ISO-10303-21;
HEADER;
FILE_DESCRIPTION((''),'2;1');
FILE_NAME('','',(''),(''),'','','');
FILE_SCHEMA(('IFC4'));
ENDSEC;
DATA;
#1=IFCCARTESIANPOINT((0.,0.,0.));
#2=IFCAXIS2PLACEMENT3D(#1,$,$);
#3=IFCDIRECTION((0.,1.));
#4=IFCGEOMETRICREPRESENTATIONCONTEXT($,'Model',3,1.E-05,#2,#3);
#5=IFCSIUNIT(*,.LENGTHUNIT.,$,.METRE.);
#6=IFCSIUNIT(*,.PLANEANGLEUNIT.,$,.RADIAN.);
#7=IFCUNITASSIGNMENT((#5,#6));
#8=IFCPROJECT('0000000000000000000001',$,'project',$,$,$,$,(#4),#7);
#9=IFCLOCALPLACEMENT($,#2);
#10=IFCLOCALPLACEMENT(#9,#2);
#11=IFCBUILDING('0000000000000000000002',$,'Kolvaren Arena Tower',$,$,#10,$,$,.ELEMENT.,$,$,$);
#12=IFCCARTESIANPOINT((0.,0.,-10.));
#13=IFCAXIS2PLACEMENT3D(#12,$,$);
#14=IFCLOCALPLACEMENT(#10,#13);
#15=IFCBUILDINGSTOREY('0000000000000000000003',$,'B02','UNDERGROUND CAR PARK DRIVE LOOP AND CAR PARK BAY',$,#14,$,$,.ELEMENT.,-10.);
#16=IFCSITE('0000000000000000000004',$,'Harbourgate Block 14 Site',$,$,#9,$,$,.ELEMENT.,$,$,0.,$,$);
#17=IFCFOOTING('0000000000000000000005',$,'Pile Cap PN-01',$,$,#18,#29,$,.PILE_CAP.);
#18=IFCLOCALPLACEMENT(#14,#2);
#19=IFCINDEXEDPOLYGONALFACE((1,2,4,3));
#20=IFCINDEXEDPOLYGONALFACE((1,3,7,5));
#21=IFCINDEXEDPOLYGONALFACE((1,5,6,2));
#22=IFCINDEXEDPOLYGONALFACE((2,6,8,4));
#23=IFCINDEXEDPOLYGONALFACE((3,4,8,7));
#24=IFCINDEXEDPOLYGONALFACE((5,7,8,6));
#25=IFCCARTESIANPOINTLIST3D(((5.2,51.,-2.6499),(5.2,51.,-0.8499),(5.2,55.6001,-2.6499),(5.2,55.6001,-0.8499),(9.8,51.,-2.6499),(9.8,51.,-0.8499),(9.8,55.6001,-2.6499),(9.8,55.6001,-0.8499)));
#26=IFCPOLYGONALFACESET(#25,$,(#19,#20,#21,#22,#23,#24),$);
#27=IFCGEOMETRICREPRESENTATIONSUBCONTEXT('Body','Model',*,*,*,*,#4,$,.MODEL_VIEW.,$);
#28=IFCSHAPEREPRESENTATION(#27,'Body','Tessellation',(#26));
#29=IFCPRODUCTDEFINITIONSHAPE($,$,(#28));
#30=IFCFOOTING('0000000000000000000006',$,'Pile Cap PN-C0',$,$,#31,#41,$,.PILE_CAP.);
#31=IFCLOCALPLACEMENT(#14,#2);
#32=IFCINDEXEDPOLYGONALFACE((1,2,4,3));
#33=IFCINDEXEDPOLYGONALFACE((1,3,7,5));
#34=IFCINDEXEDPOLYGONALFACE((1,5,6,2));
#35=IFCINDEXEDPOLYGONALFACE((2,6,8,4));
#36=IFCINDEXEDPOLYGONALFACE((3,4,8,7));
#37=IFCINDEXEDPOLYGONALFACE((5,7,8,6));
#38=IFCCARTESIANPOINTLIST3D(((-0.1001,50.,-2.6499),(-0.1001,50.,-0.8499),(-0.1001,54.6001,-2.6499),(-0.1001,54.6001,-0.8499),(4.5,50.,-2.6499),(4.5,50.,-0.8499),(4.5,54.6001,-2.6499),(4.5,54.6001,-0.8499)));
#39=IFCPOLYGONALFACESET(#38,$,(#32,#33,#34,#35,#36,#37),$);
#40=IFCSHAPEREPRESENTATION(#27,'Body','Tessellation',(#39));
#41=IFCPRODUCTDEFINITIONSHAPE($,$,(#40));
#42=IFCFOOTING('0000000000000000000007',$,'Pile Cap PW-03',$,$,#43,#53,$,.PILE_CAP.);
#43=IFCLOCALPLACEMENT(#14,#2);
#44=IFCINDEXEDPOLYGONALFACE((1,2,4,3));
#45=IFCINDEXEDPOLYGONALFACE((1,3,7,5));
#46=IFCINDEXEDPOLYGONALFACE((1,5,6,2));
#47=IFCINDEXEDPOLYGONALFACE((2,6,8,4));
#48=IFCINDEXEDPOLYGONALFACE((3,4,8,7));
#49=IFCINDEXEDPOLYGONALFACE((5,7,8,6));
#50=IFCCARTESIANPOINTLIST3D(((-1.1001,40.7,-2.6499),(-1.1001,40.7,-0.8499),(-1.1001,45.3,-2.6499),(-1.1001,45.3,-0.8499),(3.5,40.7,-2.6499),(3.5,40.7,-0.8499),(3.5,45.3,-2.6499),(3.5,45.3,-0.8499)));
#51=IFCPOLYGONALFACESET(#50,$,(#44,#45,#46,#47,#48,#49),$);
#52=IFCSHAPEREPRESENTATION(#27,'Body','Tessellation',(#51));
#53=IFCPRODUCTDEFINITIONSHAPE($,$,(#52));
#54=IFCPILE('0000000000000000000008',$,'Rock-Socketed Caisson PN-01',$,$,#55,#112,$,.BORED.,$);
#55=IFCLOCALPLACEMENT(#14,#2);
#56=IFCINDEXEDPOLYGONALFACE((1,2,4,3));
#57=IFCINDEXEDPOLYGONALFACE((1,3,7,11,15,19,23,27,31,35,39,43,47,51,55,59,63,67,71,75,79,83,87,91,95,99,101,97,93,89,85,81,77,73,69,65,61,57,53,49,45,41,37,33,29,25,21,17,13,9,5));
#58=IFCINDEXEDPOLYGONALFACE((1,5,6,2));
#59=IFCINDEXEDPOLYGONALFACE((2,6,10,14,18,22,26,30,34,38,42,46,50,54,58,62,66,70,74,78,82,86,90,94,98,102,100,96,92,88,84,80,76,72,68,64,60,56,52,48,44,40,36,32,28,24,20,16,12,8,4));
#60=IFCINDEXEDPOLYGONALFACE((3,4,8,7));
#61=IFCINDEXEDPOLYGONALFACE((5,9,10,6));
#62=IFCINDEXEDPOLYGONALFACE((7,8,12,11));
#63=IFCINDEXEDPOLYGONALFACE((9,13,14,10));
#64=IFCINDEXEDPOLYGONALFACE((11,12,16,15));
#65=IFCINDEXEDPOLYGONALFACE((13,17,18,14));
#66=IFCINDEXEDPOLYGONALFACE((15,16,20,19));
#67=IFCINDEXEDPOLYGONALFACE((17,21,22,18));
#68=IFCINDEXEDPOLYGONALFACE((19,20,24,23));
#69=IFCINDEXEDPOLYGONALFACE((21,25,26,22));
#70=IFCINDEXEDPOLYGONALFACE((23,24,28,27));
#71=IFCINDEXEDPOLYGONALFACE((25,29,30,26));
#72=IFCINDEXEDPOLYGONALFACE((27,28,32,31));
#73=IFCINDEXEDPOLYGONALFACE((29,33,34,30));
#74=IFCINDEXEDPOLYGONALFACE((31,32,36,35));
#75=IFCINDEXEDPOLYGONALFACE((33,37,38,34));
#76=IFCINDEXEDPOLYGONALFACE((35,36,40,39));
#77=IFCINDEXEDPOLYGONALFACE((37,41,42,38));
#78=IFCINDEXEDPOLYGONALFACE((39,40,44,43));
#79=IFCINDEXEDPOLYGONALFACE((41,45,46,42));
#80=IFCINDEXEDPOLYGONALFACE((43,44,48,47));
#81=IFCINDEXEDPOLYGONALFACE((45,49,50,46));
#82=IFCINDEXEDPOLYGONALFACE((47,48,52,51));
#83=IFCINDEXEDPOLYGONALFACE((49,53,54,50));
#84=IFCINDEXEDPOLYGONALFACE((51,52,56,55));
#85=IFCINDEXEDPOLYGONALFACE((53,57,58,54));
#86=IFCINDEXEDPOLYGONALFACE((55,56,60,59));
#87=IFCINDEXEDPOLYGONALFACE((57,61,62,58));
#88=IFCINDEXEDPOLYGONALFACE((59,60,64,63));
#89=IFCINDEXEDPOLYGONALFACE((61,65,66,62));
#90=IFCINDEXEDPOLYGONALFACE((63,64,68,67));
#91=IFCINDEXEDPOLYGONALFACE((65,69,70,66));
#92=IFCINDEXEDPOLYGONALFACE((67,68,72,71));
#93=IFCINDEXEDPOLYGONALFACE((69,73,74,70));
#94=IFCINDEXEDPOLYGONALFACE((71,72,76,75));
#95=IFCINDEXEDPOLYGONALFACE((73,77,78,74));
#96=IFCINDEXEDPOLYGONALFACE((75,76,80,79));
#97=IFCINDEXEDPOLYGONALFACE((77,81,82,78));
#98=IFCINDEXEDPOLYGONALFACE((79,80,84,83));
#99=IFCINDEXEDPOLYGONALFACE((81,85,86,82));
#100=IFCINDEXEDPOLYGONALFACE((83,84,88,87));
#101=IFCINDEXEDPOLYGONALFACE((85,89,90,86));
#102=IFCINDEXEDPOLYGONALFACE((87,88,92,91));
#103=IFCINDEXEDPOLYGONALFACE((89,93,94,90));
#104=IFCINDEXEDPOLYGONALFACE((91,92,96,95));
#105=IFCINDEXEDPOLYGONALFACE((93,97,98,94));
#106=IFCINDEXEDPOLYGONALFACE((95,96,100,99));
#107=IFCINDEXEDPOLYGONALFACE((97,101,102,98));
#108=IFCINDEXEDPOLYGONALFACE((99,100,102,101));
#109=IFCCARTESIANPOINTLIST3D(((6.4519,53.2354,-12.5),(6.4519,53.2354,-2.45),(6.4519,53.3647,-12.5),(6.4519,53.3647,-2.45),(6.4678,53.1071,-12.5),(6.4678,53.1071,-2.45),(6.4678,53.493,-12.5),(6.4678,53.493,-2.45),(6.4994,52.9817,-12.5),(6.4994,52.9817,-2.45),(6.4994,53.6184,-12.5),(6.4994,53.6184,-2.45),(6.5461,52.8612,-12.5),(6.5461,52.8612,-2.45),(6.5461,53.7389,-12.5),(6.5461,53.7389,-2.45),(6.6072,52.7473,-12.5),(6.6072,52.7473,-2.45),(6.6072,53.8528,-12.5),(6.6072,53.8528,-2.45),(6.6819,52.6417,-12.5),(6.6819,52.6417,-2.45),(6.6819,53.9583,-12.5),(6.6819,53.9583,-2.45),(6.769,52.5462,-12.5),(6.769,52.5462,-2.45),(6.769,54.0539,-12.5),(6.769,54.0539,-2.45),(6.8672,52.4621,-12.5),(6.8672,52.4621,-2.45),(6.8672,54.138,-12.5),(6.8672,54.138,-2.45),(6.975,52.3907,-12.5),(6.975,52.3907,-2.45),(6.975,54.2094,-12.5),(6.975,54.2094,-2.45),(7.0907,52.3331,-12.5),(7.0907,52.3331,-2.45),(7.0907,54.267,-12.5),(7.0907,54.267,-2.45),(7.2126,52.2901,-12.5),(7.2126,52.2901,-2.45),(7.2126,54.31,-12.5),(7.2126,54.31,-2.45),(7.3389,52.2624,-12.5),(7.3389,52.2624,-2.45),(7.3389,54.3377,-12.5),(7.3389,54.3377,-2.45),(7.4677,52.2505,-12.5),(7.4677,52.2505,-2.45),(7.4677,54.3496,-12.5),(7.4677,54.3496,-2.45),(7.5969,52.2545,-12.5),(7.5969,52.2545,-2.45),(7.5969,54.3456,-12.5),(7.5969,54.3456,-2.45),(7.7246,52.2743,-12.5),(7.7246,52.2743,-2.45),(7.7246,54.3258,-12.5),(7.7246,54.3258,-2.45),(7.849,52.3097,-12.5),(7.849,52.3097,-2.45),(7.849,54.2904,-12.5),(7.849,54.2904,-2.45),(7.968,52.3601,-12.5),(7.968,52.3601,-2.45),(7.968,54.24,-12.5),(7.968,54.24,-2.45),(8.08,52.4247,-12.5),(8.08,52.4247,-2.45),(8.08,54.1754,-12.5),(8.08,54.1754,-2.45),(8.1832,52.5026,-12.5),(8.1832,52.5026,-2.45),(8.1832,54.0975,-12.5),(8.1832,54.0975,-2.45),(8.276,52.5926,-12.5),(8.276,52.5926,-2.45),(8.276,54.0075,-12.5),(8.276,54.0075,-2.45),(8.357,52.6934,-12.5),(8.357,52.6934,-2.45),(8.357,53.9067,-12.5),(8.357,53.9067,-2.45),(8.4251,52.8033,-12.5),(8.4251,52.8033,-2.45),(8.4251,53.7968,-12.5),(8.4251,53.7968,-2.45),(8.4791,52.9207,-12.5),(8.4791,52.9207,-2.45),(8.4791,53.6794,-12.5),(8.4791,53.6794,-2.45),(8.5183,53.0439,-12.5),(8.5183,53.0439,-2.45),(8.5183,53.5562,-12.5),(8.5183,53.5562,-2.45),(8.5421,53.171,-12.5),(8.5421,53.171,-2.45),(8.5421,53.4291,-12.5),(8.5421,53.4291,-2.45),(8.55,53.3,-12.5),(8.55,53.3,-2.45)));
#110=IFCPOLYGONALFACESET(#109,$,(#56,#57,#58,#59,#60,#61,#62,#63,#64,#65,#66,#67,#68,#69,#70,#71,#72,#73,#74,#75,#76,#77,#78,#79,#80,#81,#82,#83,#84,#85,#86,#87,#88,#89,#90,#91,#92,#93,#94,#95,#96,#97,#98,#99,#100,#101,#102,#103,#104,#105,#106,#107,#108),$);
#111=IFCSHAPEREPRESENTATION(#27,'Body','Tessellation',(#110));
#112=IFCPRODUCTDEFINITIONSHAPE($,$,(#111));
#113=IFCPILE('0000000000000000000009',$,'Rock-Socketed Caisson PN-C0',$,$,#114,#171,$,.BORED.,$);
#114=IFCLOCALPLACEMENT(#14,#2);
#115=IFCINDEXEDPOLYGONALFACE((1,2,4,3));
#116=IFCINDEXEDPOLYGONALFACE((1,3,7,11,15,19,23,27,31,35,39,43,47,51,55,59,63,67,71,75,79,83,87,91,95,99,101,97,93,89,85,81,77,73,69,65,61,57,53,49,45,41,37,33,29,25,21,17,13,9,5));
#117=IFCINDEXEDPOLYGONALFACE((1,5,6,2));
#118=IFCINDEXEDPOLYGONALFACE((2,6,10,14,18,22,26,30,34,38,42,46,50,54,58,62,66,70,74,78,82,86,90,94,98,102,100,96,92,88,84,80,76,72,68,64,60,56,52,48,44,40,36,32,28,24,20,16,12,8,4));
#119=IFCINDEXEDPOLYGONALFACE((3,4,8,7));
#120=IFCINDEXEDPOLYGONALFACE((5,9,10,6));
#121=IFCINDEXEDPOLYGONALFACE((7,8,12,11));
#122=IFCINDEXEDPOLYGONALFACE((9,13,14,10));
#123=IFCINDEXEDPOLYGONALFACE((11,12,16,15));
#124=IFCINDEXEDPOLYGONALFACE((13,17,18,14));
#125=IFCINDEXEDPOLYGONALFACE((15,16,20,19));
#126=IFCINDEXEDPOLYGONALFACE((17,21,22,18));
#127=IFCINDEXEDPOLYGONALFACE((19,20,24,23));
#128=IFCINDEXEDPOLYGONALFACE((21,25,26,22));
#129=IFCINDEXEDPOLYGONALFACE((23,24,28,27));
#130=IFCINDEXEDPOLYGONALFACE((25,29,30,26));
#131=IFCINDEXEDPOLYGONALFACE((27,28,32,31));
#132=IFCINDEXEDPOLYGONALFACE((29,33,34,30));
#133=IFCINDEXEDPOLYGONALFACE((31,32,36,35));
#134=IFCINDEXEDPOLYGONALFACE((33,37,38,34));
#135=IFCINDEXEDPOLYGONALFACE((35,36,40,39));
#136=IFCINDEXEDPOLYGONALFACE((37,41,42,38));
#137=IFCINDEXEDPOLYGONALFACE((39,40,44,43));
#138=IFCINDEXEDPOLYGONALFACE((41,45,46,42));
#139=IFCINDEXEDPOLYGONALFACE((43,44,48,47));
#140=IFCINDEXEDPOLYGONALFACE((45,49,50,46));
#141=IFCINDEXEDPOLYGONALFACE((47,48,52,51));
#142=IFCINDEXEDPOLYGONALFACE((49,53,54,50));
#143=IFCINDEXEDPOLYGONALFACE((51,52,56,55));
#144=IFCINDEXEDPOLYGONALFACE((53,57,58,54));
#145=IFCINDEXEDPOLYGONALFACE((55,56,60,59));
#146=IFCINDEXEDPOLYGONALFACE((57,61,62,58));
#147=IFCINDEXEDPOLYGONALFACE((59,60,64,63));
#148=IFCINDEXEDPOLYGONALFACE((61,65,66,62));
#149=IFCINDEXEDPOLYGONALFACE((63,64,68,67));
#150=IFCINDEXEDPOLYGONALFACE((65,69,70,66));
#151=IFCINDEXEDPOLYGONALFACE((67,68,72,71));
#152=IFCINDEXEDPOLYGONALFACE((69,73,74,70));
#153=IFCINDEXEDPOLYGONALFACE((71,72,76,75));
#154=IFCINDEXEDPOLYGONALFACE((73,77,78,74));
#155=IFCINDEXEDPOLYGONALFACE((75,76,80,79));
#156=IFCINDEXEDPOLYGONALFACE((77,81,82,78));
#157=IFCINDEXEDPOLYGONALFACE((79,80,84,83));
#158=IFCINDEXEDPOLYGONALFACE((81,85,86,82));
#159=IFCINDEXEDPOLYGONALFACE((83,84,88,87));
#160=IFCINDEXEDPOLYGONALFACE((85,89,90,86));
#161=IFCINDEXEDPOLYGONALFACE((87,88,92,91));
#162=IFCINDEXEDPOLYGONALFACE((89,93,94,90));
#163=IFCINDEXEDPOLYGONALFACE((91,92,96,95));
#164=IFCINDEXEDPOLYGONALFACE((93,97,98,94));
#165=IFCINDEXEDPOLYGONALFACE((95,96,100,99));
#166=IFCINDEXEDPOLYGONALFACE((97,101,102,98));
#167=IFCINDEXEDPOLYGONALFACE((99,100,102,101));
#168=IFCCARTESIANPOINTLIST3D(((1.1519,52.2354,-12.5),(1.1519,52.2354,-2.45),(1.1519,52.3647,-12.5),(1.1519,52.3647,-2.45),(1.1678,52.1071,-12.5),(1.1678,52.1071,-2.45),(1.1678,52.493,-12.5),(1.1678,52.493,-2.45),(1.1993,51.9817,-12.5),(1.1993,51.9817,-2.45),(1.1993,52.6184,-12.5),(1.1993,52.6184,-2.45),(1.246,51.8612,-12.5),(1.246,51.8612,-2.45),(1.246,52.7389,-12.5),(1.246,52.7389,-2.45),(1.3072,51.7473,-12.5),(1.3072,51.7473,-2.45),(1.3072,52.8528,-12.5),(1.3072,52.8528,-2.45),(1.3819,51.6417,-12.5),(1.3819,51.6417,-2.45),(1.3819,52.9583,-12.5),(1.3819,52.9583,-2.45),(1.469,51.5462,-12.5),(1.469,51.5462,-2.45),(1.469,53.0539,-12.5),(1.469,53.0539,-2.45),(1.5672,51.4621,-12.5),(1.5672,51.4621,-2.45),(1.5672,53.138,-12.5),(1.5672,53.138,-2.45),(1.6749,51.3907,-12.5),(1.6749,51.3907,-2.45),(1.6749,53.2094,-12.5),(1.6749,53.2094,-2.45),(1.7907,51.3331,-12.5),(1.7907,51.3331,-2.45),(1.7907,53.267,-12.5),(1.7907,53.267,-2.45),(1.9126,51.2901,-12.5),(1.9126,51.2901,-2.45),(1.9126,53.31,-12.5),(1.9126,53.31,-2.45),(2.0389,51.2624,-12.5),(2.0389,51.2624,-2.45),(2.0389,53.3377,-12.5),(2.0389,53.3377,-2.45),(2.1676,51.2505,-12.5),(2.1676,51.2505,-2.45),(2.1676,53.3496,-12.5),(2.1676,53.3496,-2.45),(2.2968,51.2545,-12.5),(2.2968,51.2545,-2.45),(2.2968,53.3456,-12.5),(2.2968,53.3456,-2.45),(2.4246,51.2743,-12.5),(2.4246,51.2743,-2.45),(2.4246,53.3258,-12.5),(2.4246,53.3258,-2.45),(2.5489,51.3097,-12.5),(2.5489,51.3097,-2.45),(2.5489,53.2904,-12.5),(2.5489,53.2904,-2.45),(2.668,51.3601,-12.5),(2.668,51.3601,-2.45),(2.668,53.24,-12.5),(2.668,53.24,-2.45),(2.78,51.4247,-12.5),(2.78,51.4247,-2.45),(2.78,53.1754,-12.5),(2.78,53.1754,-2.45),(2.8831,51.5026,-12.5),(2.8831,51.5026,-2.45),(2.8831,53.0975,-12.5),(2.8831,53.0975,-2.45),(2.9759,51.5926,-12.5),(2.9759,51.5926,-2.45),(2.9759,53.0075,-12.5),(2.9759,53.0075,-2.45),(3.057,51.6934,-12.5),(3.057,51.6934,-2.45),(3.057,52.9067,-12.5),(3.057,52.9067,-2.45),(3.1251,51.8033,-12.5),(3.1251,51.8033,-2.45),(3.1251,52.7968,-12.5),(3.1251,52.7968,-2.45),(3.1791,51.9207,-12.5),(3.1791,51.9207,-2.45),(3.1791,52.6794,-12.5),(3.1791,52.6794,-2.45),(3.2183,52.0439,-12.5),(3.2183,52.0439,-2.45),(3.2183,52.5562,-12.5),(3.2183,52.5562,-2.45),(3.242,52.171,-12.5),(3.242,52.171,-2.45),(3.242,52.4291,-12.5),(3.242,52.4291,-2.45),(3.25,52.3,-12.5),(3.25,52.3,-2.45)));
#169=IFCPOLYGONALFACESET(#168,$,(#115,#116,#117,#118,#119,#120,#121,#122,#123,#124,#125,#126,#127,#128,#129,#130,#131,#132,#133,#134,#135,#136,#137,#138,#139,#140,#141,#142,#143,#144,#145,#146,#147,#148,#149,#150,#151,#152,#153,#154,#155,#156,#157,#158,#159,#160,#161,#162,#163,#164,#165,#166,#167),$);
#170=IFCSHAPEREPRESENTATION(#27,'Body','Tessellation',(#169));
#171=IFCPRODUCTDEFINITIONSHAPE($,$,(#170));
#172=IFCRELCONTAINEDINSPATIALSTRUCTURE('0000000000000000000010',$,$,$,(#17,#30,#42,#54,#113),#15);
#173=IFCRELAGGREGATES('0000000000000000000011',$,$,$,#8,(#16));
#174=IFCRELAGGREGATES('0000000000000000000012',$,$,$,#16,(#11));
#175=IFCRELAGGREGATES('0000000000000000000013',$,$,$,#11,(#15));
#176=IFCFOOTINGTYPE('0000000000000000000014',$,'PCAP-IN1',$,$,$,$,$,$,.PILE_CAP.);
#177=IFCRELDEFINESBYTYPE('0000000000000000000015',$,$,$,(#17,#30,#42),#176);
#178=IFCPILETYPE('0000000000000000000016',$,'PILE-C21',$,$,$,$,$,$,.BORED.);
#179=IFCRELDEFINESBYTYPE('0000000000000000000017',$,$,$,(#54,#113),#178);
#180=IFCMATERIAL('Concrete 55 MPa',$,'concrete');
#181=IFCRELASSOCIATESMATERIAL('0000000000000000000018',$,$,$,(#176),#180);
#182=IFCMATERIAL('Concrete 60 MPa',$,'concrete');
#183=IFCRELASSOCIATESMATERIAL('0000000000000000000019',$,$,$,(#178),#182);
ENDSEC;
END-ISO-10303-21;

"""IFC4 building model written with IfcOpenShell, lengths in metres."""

from ifc_helpers import new_model, si_unit, direction, frame, origin, origin_2d, place, context, subcontext, project, spatial, rectangle, circle, extrude, material, material_profile, profile_set, type_object, element, save


model = new_model("IFC4")

# Units and contexts
model_context = context("Model", 3, precision=1e-05, world=origin(), true_north=direction((0.0, 1.0)))
body_context = subcontext(model_context, "Body", "Model", "MODEL_VIEW")
ifc_project = project(units=[si_unit("LENGTHUNIT", "METRE"), si_unit("PLANEANGLEUNIT", "RADIAN")], contexts=[model_context])

# Site, building, storey
site_placement = place(None, origin())
site = spatial("IfcSite", under=ifc_project, at=site_placement, Name="Harbourgate Block 14 Site", CompositionType="ELEMENT", RefElevation=0.0)
building_placement = place(site_placement, origin())
building = spatial("IfcBuilding", under=site, at=building_placement, Name="Kolvaren Arena Tower", CompositionType="ELEMENT")
storey_placement = place(building_placement, frame((0.0, 0.0, -10.0)))
storey = spatial("IfcBuildingStorey", under=building, at=storey_placement, Name="B02", Description="UNDERGROUND CAR PARK DRIVE LOOP AND CAR PARK BAY", CompositionType="ELEMENT", Elevation=-10.0)

# Footings
ifc_material_1 = material(Name="Concrete 55 MPa", Category="concrete")
footing_type = type_object("IfcFootingType", Name="PCAP-IN1", PredefinedType="PILE_CAP", material=ifc_material_1)
for number, where, z_axis, x_axis, name in (
    (1, (7.5, 53.3, -2.6499), (0.0, 0.0, 1.0), (1.0, 0.0, 0.0), "Pile Cap PN-01"),
    (2, (2.2, 52.3, -2.6499), (0.0, 0.0, 1.0), (1.0, 0.0, 0.0), "Pile Cap PN-C0"),
    (3, (1.2, 43.0, -2.6499), (0.0, 0.0, 1.0), (1.0, 0.0, 0.0), "Pile Cap PW-03"),
):
    element("IfcFooting", number, at=place(storey_placement, frame(where, z_axis=z_axis, x_axis=x_axis)), inside=storey, type_object=footing_type, Name=name, PredefinedType="PILE_CAP", context=body_context, shape_type="SweptSolid", body=[
        extrude(rectangle(XDim=4.6001, YDim=4.6001, at=origin_2d()), origin(), (0.0, 0.0, 1.0), 1.8),
    ])

# Piles
ifc_material_2 = material(Name="Concrete 60 MPa", Category="concrete")
ifc_material_profile_1 = material_profile(ifc_material_2, circle(Radius=1.05, at=origin_2d()), Name="CAISSON-D2100")
ifc_profile_set_1 = profile_set([ifc_material_profile_1], Name="Concrete 60 MPa")
pile_type = type_object("IfcPileType", Name="PILE-C21", PredefinedType="BORED", material=ifc_profile_set_1)
for number, where, z_axis, x_axis, name in (
    (4, (7.5, 53.3, -2.45), (0.0, 0.0, -1.0), (1.0, 0.0, 0.0), "Rock-Socketed Caisson PN-01"),
    (5, (2.2, 52.3, -2.45), (0.0, 0.0, -1.0), (1.0, 0.0, 0.0), "Rock-Socketed Caisson PN-C0"),
):
    element("IfcPile", number, at=place(storey_placement, frame(where, z_axis=z_axis, x_axis=x_axis)), inside=storey, type_object=pile_type, Name=name, PredefinedType="BORED", context=body_context, shape_type="SweptSolid", body=[
        extrude(circle(Radius=1.05, at=origin_2d()), origin(), (0.0, 0.0, 1.0), 10.05),
    ])

save(model, "model.ifc")
